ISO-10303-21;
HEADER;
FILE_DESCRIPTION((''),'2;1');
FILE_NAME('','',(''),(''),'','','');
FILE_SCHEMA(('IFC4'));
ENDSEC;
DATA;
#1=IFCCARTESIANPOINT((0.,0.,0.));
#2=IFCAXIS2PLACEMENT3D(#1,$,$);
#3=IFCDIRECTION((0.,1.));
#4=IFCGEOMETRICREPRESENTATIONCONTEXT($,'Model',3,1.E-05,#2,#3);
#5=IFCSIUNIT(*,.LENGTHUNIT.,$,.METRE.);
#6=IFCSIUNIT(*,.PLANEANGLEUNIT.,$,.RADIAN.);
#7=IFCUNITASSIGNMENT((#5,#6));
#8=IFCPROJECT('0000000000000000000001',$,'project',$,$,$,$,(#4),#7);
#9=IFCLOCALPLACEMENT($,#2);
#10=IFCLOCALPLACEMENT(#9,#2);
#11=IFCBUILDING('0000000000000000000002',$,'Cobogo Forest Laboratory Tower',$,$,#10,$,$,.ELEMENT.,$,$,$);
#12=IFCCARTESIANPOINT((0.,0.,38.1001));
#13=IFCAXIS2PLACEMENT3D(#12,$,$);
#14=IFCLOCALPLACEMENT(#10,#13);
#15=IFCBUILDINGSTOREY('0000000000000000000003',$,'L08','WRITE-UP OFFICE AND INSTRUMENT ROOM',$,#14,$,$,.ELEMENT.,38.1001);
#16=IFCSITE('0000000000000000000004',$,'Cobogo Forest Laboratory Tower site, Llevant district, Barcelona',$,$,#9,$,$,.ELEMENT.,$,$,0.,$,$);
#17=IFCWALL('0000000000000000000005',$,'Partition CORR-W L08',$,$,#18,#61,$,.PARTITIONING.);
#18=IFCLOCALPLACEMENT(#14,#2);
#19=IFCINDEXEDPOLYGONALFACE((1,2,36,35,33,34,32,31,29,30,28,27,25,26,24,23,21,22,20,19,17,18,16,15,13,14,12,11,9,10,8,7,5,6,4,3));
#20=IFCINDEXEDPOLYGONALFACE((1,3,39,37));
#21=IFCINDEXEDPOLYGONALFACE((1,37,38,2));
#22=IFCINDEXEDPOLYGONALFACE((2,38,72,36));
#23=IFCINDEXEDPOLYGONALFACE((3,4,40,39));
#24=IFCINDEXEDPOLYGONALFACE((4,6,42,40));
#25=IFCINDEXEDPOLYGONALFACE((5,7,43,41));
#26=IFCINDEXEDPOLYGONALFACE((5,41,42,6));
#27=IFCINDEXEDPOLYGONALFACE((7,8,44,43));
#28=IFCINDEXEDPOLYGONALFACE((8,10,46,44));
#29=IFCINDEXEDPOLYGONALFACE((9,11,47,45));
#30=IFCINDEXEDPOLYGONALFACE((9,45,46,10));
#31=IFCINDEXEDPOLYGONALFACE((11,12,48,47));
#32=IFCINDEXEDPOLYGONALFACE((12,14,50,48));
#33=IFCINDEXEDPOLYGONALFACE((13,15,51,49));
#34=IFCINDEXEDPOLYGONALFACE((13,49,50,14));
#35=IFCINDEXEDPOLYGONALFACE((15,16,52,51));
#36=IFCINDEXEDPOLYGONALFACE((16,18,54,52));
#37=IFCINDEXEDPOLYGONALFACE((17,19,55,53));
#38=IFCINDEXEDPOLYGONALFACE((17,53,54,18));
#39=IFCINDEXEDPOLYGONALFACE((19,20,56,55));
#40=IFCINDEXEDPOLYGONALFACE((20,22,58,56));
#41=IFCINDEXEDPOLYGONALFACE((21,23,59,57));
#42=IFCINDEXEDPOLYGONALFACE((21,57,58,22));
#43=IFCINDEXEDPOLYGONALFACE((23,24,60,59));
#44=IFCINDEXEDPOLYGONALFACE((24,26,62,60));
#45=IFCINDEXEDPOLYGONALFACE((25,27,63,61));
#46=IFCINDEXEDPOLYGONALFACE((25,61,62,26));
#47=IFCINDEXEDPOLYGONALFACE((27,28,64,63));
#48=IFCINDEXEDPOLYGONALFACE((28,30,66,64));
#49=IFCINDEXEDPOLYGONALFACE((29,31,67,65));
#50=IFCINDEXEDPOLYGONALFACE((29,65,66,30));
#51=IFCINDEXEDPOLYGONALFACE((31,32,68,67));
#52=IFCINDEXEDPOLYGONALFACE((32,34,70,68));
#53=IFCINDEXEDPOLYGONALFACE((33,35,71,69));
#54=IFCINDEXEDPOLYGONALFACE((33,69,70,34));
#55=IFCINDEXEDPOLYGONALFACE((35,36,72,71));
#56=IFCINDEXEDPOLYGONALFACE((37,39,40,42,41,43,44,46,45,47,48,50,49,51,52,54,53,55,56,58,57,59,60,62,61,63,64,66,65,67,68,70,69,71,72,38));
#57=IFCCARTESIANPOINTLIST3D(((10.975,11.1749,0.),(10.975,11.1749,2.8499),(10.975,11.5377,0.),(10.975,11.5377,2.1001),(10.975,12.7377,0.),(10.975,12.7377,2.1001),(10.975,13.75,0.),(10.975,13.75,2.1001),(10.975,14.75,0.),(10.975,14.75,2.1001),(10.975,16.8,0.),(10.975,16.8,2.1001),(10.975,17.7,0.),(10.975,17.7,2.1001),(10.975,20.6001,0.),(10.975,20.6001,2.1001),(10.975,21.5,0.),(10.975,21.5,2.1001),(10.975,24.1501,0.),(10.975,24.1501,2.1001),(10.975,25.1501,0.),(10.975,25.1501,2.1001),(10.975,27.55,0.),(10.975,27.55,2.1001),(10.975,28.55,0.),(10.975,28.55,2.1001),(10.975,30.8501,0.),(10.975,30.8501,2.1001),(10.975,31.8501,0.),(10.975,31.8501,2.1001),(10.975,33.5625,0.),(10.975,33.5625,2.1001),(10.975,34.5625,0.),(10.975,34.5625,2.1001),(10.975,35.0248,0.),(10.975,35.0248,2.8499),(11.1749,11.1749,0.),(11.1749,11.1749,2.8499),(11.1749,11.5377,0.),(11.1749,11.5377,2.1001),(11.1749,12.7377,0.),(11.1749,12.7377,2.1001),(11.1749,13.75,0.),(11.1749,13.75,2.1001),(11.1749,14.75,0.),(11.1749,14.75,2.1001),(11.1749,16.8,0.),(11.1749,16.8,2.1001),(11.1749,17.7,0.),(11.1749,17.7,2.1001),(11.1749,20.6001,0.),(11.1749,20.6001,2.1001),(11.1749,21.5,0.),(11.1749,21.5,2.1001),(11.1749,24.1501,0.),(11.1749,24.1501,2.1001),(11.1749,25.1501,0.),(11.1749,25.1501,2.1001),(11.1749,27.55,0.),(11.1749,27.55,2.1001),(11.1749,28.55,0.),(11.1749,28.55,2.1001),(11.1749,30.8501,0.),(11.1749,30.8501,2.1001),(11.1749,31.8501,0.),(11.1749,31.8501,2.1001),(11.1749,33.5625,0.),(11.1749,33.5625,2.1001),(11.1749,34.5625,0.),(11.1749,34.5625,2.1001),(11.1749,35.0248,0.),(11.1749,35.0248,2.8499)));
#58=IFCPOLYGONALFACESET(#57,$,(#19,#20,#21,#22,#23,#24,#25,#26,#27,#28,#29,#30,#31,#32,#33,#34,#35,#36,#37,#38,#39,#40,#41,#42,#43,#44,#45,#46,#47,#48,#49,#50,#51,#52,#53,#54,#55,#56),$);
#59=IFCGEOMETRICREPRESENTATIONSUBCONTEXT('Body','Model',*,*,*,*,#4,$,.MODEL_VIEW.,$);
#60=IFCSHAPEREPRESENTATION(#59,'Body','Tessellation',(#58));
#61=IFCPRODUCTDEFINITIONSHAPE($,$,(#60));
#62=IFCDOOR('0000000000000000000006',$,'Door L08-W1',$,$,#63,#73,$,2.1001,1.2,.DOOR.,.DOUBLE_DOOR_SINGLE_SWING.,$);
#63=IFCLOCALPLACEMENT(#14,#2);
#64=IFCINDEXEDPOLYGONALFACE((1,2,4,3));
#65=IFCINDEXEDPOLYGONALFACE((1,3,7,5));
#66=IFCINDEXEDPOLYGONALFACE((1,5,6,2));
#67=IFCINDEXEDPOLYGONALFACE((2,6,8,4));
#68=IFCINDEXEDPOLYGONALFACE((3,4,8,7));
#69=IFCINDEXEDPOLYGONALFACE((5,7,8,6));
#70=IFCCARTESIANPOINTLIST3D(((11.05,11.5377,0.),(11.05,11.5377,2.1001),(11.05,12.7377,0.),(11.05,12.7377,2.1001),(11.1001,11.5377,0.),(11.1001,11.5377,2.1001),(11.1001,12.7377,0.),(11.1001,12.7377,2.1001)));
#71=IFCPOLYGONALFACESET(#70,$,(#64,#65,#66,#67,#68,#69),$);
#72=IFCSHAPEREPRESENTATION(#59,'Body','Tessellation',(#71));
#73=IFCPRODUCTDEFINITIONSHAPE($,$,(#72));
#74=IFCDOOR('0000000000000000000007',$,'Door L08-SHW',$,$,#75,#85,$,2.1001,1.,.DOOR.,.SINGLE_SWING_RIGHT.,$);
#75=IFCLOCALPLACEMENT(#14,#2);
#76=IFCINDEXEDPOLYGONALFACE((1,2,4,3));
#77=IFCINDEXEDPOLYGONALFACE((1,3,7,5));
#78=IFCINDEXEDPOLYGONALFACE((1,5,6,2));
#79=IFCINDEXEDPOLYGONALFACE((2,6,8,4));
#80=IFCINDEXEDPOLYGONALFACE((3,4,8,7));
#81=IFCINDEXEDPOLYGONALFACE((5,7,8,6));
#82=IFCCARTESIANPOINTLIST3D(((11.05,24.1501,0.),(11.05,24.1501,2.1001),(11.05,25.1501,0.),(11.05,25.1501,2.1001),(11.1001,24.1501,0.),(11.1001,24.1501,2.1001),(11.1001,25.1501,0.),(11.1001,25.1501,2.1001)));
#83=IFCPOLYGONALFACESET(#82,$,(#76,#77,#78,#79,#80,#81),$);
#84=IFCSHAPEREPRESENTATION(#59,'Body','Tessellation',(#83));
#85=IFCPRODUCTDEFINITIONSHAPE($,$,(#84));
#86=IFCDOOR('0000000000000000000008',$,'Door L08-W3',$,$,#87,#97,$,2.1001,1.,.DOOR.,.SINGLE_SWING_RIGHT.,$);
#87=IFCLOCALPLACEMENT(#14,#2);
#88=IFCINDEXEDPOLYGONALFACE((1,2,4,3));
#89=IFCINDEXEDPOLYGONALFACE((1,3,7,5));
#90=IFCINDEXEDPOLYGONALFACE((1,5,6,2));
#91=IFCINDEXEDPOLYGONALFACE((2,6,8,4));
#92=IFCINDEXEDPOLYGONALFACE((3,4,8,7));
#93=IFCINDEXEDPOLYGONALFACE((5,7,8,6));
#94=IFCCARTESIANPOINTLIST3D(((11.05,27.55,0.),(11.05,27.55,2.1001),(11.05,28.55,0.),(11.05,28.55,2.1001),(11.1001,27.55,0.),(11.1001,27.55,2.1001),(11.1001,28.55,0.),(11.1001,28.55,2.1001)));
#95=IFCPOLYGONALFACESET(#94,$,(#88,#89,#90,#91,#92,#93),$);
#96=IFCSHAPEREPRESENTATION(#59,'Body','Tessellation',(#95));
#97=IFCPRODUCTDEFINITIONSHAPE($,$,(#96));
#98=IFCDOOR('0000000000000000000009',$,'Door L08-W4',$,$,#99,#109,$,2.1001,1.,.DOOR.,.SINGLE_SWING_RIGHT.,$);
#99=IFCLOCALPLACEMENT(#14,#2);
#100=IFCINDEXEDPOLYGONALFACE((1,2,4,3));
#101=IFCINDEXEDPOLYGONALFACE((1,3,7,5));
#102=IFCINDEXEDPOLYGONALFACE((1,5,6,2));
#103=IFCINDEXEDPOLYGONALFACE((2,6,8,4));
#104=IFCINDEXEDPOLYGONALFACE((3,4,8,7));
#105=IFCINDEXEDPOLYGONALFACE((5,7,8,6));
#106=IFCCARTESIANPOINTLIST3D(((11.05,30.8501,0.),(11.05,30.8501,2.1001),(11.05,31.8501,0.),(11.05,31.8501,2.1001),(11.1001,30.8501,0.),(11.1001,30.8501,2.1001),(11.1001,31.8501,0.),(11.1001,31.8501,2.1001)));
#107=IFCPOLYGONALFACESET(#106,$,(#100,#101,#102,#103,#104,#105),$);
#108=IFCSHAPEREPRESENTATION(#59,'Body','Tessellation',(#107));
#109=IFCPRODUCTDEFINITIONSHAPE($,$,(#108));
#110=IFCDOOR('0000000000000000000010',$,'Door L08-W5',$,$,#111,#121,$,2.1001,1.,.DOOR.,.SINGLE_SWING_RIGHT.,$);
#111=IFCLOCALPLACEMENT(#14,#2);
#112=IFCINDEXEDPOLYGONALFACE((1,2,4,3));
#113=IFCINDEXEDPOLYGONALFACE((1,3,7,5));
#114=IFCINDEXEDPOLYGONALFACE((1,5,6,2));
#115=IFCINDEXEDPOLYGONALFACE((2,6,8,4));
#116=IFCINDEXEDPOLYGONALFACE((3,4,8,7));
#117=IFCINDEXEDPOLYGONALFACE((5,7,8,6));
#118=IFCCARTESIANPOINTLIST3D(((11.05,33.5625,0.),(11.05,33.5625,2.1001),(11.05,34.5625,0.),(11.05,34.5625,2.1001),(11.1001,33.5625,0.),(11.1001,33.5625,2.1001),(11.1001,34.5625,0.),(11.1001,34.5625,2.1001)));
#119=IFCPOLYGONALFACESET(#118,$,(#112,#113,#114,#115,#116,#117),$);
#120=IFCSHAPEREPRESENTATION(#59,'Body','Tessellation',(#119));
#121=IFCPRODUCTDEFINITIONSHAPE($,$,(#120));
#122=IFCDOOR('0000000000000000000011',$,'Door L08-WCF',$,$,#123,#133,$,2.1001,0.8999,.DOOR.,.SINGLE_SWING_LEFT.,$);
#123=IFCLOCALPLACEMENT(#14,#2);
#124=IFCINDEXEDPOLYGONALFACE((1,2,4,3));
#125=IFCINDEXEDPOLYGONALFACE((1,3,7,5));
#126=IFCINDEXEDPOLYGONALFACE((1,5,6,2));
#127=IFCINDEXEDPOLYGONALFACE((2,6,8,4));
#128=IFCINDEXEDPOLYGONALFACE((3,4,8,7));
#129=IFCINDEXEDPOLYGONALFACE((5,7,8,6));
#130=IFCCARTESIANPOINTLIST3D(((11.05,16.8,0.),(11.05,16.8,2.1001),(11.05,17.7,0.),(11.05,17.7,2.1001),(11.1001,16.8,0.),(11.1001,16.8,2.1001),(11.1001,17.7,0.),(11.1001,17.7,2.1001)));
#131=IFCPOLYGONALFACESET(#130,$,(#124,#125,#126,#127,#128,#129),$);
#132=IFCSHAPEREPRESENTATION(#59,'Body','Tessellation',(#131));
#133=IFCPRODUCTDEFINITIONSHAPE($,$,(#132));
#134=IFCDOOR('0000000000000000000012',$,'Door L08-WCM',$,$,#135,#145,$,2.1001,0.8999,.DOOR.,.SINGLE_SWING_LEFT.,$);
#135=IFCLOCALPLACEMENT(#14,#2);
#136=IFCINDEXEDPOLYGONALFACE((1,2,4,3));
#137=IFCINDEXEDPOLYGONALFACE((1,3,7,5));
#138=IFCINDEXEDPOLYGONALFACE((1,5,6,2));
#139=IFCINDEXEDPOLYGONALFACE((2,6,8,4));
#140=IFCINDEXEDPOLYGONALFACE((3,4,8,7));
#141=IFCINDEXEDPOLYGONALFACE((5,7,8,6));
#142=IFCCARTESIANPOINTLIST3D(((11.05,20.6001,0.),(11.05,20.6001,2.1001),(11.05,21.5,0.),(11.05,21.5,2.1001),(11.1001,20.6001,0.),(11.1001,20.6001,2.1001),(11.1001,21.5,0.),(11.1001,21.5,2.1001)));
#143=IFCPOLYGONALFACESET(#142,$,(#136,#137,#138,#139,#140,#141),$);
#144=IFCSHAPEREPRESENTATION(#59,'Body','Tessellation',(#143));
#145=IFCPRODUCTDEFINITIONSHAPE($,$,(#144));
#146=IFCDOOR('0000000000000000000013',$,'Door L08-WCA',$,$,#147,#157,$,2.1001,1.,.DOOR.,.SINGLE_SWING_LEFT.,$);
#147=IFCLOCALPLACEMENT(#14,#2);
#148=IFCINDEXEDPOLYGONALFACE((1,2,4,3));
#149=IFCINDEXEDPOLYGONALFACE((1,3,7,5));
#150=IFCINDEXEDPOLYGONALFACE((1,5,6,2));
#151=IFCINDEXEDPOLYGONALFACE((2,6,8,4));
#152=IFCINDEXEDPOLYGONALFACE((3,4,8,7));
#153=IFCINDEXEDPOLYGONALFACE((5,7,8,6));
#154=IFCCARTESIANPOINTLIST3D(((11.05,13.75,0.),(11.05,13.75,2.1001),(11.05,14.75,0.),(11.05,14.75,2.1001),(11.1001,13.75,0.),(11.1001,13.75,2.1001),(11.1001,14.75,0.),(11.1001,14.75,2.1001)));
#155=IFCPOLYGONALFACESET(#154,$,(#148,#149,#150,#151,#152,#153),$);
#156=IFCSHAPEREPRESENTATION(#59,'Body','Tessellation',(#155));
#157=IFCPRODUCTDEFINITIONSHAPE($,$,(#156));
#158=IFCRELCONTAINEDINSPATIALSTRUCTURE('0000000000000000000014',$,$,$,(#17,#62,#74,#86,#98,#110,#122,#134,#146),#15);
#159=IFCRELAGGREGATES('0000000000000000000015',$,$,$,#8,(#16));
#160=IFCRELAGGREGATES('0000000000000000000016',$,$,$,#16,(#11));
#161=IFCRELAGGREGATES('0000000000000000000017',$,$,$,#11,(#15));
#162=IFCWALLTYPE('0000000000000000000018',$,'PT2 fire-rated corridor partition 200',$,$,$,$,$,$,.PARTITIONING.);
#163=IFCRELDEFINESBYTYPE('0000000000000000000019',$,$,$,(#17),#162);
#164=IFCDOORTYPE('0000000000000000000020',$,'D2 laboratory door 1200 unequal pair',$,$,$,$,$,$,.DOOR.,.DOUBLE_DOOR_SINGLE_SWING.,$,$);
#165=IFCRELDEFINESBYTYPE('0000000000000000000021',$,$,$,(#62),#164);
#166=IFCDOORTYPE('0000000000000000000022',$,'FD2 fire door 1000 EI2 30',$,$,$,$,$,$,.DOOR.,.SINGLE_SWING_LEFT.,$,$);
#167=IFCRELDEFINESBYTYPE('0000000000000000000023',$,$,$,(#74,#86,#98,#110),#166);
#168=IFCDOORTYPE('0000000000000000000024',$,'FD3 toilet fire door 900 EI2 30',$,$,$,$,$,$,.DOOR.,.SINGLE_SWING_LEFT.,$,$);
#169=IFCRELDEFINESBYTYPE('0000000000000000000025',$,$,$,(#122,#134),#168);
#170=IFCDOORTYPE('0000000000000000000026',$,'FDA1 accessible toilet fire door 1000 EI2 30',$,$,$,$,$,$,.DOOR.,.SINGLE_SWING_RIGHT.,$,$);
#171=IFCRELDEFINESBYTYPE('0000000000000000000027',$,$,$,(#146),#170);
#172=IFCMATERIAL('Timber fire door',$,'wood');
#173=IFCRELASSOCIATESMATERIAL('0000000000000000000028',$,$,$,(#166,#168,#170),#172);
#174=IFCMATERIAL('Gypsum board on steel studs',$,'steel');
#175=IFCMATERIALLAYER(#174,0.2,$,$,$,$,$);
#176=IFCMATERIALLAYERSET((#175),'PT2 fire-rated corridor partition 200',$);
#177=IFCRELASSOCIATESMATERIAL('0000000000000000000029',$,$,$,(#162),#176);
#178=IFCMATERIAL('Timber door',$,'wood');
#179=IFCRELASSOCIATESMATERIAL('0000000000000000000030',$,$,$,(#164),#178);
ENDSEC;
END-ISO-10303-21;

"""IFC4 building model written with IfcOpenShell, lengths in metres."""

from ifc_helpers import new_model, si_unit, direction, frame, frame_2d, origin, place, context, subcontext, project, spatial, rectangle, extrude, material, layer, layer_set, type_object, element, fill, save


model = new_model("IFC4")

# Units and contexts
model_context = context("Model", 3, precision=1e-05, world=origin(), true_north=direction((0.0, 1.0)))
body_context = subcontext(model_context, "Body", "Model", "MODEL_VIEW")
ifc_project = project(units=[si_unit("LENGTHUNIT", "METRE"), si_unit("PLANEANGLEUNIT", "RADIAN")], contexts=[model_context])

# Site, building, storey
site_placement = place(None, origin())
site = spatial("IfcSite", under=ifc_project, at=site_placement, Name="Cobogo Forest Laboratory Tower site, Llevant district, Barcelona", CompositionType="ELEMENT", RefElevation=0.0)
building_placement = place(site_placement, origin())
building = spatial("IfcBuilding", under=site, at=building_placement, Name="Cobogo Forest Laboratory Tower", CompositionType="ELEMENT")
storey_placement = place(building_placement, frame((0.0, 0.0, 38.1001)))
storey = spatial("IfcBuildingStorey", under=building, at=storey_placement, Name="L08", Description="WRITE-UP OFFICE AND INSTRUMENT ROOM", CompositionType="ELEMENT", Elevation=38.1001)

# Shared definitions
ifc_material_1 = material(Name="Gypsum board on steel studs", Category="steel")

# Shared definitions
ifc_material_2 = material(Name="Timber fire door", Category="wood")
door_type_1 = type_object("IfcDoorType", Name="FD2 fire door 1000 EI2 30", OperationType="SINGLE_SWING_LEFT", PredefinedType="DOOR", material=ifc_material_2)

# Wall, openings, doors
ifc_layer_1 = layer(ifc_material_1, 0.2)
ifc_layer_set_1 = layer_set([ifc_layer_1], Name="PT2 fire-rated corridor partition 200")
wall_type_1 = type_object("IfcWallType", Name="PT2 fire-rated corridor partition 200", PredefinedType="PARTITIONING", material=ifc_layer_set_1)
ifc_material_3 = material(Name="Timber door", Category="wood")
door_type_2 = type_object("IfcDoorType", Name="D2 laboratory door 1200 unequal pair", OperationType="DOUBLE_DOOR_SINGLE_SWING", PredefinedType="DOOR", material=ifc_material_3)
wall_1_placement = place(storey_placement, frame((11.075, 11.175, 0.0), z_axis=(0.0, 0.0, 1.0), x_axis=(0.0, 1.0, 0.0)))
wall_1 = element("IfcWall", 1, at=wall_1_placement, inside=storey, type_object=wall_type_1, Name="Partition CORR-W L08", PredefinedType="PARTITIONING", context=body_context, shape_type="SweptSolid", body=[
    extrude(rectangle(XDim=23.8499, YDim=0.2, at=frame_2d((11.9248, 0.0))), origin(), (0.0, 0.0, 1.0), 2.8499),
])
opening_1_placement = place(wall_1_placement, frame((0.3625, 0.0, 0.0)))
opening_1 = element("IfcOpeningElement", 2, at=opening_1_placement, cuts=wall_1, PredefinedType="OPENING", context=body_context, shape_type="SweptSolid", body=[
    extrude(rectangle(XDim=1.2, YDim=2.1001, at=frame_2d((0.6001, 1.05))), frame((0.0, 0.1099, 0.0), z_axis=(0.0, -1.0, 0.0), x_axis=(1.0, 0.0, 0.0)), (0.0, 0.0, 1.0), 0.22),
])
opening_2_placement = place(wall_1_placement, frame((2.575, 0.0, 0.0)))
opening_2 = element("IfcOpeningElement", 3, at=opening_2_placement, cuts=wall_1, PredefinedType="OPENING", context=body_context, shape_type="SweptSolid", body=[
    extrude(rectangle(XDim=1.0, YDim=2.1001, at=frame_2d((0.5, 1.05))), frame((0.0, 0.1099, 0.0), z_axis=(0.0, -1.0, 0.0), x_axis=(1.0, 0.0, 0.0)), (0.0, 0.0, 1.0), 0.22),
])
opening_3_placement = place(wall_1_placement, frame((5.625, 0.0, 0.0)))
opening_3 = element("IfcOpeningElement", 4, at=opening_3_placement, cuts=wall_1, PredefinedType="OPENING", context=body_context, shape_type="SweptSolid", body=[
    extrude(rectangle(XDim=0.8999, YDim=2.1001, at=frame_2d((0.45, 1.05))), frame((0.0, 0.1099, 0.0), z_axis=(0.0, -1.0, 0.0), x_axis=(1.0, 0.0, 0.0)), (0.0, 0.0, 1.0), 0.22),
])
opening_4_placement = place(wall_1_placement, frame((9.425, 0.0, 0.0)))
opening_4 = element("IfcOpeningElement", 5, at=opening_4_placement, cuts=wall_1, PredefinedType="OPENING", context=body_context, shape_type="SweptSolid", body=[
    extrude(rectangle(XDim=0.8999, YDim=2.1001, at=frame_2d((0.45, 1.05))), frame((0.0, 0.1099, 0.0), z_axis=(0.0, -1.0, 0.0), x_axis=(1.0, 0.0, 0.0)), (0.0, 0.0, 1.0), 0.22),
])
opening_5_placement = place(wall_1_placement, frame((12.9751, 0.0, 0.0)))
opening_5 = element("IfcOpeningElement", 6, at=opening_5_placement, cuts=wall_1, PredefinedType="OPENING", context=body_context, shape_type="SweptSolid", body=[
    extrude(rectangle(XDim=1.0, YDim=2.1001, at=frame_2d((0.5, 1.05))), frame((0.0, 0.1099, 0.0), z_axis=(0.0, -1.0, 0.0), x_axis=(1.0, 0.0, 0.0)), (0.0, 0.0, 1.0), 0.22),
])
opening_6_placement = place(wall_1_placement, frame((16.375, 0.0, 0.0)))
opening_6 = element("IfcOpeningElement", 7, at=opening_6_placement, cuts=wall_1, PredefinedType="OPENING", context=body_context, shape_type="SweptSolid", body=[
    extrude(rectangle(XDim=1.0, YDim=2.1001, at=frame_2d((0.5, 1.05))), frame((0.0, 0.1099, 0.0), z_axis=(0.0, -1.0, 0.0), x_axis=(1.0, 0.0, 0.0)), (0.0, 0.0, 1.0), 0.22),
])
opening_7_placement = place(wall_1_placement, frame((19.675, 0.0, 0.0)))
opening_7 = element("IfcOpeningElement", 8, at=opening_7_placement, cuts=wall_1, PredefinedType="OPENING", context=body_context, shape_type="SweptSolid", body=[
    extrude(rectangle(XDim=1.0, YDim=2.1001, at=frame_2d((0.5, 1.05))), frame((0.0, 0.1099, 0.0), z_axis=(0.0, -1.0, 0.0), x_axis=(1.0, 0.0, 0.0)), (0.0, 0.0, 1.0), 0.22),
])
opening_8_placement = place(wall_1_placement, frame((22.3875, 0.0, 0.0)))
opening_8 = element("IfcOpeningElement", 9, at=opening_8_placement, cuts=wall_1, PredefinedType="OPENING", context=body_context, shape_type="SweptSolid", body=[
    extrude(rectangle(XDim=1.0, YDim=2.1001, at=frame_2d((0.5, 1.05))), frame((0.0, 0.1099, 0.0), z_axis=(0.0, -1.0, 0.0), x_axis=(1.0, 0.0, 0.0)), (0.0, 0.0, 1.0), 0.22),
])
door_1_placement = place(opening_1_placement, origin())
door_1 = element("IfcDoor", 10, at=door_1_placement, inside=storey, type_object=door_type_2, Name="Door L08-W1", OperationType="DOUBLE_DOOR_SINGLE_SWING", OverallHeight=2.1001, OverallWidth=1.2, PredefinedType="DOOR", context=body_context, shape_type="SweptSolid", body=[
    extrude(rectangle(XDim=1.2, YDim=2.1001, at=frame_2d((0.6001, 1.05))), frame((0.0, 0.0249, 0.0), z_axis=(0.0, -1.0, 0.0), x_axis=(1.0, 0.0, 0.0)), (0.0, 0.0, 1.0), 0.05),
])
fill(opening_1, door_1)
door_2_placement = place(opening_5_placement, origin())
door_2 = element("IfcDoor", 11, at=door_2_placement, inside=storey, type_object=door_type_1, Name="Door L08-SHW", OperationType="SINGLE_SWING_RIGHT", OverallHeight=2.1001, OverallWidth=1.0, PredefinedType="DOOR", context=body_context, shape_type="SweptSolid", body=[
    extrude(rectangle(XDim=1.0, YDim=2.1001, at=frame_2d((0.5, 1.05))), frame((0.0, 0.0249, 0.0), z_axis=(0.0, -1.0, 0.0), x_axis=(1.0, 0.0, 0.0)), (0.0, 0.0, 1.0), 0.05),
])
fill(opening_5, door_2)
door_3_placement = place(opening_6_placement, origin())
door_3 = element("IfcDoor", 12, at=door_3_placement, inside=storey, type_object=door_type_1, Name="Door L08-W3", OperationType="SINGLE_SWING_RIGHT", OverallHeight=2.1001, OverallWidth=1.0, PredefinedType="DOOR", context=body_context, shape_type="SweptSolid", body=[
    extrude(rectangle(XDim=1.0, YDim=2.1001, at=frame_2d((0.5, 1.05))), frame((0.0, 0.0249, 0.0), z_axis=(0.0, -1.0, 0.0), x_axis=(1.0, 0.0, 0.0)), (0.0, 0.0, 1.0), 0.05),
])
fill(opening_6, door_3)
door_4_placement = place(opening_7_placement, origin())
door_4 = element("IfcDoor", 13, at=door_4_placement, inside=storey, type_object=door_type_1, Name="Door L08-W4", OperationType="SINGLE_SWING_RIGHT", OverallHeight=2.1001, OverallWidth=1.0, PredefinedType="DOOR", context=body_context, shape_type="SweptSolid", body=[
    extrude(rectangle(XDim=1.0, YDim=2.1001, at=frame_2d((0.5, 1.05))), frame((0.0, 0.0249, 0.0), z_axis=(0.0, -1.0, 0.0), x_axis=(1.0, 0.0, 0.0)), (0.0, 0.0, 1.0), 0.05),
])
fill(opening_7, door_4)
door_5_placement = place(opening_8_placement, origin())
door_5 = element("IfcDoor", 14, at=door_5_placement, inside=storey, type_object=door_type_1, Name="Door L08-W5", OperationType="SINGLE_SWING_RIGHT", OverallHeight=2.1001, OverallWidth=1.0, PredefinedType="DOOR", context=body_context, shape_type="SweptSolid", body=[
    extrude(rectangle(XDim=1.0, YDim=2.1001, at=frame_2d((0.5, 1.05))), frame((0.0, 0.0249, 0.0), z_axis=(0.0, -1.0, 0.0), x_axis=(1.0, 0.0, 0.0)), (0.0, 0.0, 1.0), 0.05),
])
fill(opening_8, door_5)
door_type_3 = type_object("IfcDoorType", Name="FD3 toilet fire door 900 EI2 30", OperationType="SINGLE_SWING_LEFT", PredefinedType="DOOR", material=ifc_material_2)
door_6_placement = place(opening_3_placement, origin())
door_6 = element("IfcDoor", 15, at=door_6_placement, inside=storey, type_object=door_type_3, Name="Door L08-WCF", OperationType="SINGLE_SWING_LEFT", OverallHeight=2.1001, OverallWidth=0.8999, PredefinedType="DOOR", context=body_context, shape_type="SweptSolid", body=[
    extrude(rectangle(XDim=0.8999, YDim=2.1001, at=frame_2d((0.45, 1.05))), frame((0.0, 0.0249, 0.0), z_axis=(0.0, -1.0, 0.0), x_axis=(1.0, 0.0, 0.0)), (0.0, 0.0, 1.0), 0.05),
])
fill(opening_3, door_6)
door_7_placement = place(opening_4_placement, origin())
door_7 = element("IfcDoor", 16, at=door_7_placement, inside=storey, type_object=door_type_3, Name="Door L08-WCM", OperationType="SINGLE_SWING_LEFT", OverallHeight=2.1001, OverallWidth=0.8999, PredefinedType="DOOR", context=body_context, shape_type="SweptSolid", body=[
    extrude(rectangle(XDim=0.8999, YDim=2.1001, at=frame_2d((0.45, 1.05))), frame((0.0, 0.0249, 0.0), z_axis=(0.0, -1.0, 0.0), x_axis=(1.0, 0.0, 0.0)), (0.0, 0.0, 1.0), 0.05),
])
fill(opening_4, door_7)
door_type_4 = type_object("IfcDoorType", Name="FDA1 accessible toilet fire door 1000 EI2 30", OperationType="SINGLE_SWING_RIGHT", PredefinedType="DOOR", material=ifc_material_2)
door_8_placement = place(opening_2_placement, origin())
door_8 = element("IfcDoor", 17, at=door_8_placement, inside=storey, type_object=door_type_4, Name="Door L08-WCA", OperationType="SINGLE_SWING_LEFT", OverallHeight=2.1001, OverallWidth=1.0, PredefinedType="DOOR", context=body_context, shape_type="SweptSolid", body=[
    extrude(rectangle(XDim=1.0, YDim=2.1001, at=frame_2d((0.5, 1.05))), frame((0.0, 0.0249, 0.0), z_axis=(0.0, -1.0, 0.0), x_axis=(1.0, 0.0, 0.0)), (0.0, 0.0, 1.0), 0.05),
])
fill(opening_2, door_8)

save(model, "model.ifc")
